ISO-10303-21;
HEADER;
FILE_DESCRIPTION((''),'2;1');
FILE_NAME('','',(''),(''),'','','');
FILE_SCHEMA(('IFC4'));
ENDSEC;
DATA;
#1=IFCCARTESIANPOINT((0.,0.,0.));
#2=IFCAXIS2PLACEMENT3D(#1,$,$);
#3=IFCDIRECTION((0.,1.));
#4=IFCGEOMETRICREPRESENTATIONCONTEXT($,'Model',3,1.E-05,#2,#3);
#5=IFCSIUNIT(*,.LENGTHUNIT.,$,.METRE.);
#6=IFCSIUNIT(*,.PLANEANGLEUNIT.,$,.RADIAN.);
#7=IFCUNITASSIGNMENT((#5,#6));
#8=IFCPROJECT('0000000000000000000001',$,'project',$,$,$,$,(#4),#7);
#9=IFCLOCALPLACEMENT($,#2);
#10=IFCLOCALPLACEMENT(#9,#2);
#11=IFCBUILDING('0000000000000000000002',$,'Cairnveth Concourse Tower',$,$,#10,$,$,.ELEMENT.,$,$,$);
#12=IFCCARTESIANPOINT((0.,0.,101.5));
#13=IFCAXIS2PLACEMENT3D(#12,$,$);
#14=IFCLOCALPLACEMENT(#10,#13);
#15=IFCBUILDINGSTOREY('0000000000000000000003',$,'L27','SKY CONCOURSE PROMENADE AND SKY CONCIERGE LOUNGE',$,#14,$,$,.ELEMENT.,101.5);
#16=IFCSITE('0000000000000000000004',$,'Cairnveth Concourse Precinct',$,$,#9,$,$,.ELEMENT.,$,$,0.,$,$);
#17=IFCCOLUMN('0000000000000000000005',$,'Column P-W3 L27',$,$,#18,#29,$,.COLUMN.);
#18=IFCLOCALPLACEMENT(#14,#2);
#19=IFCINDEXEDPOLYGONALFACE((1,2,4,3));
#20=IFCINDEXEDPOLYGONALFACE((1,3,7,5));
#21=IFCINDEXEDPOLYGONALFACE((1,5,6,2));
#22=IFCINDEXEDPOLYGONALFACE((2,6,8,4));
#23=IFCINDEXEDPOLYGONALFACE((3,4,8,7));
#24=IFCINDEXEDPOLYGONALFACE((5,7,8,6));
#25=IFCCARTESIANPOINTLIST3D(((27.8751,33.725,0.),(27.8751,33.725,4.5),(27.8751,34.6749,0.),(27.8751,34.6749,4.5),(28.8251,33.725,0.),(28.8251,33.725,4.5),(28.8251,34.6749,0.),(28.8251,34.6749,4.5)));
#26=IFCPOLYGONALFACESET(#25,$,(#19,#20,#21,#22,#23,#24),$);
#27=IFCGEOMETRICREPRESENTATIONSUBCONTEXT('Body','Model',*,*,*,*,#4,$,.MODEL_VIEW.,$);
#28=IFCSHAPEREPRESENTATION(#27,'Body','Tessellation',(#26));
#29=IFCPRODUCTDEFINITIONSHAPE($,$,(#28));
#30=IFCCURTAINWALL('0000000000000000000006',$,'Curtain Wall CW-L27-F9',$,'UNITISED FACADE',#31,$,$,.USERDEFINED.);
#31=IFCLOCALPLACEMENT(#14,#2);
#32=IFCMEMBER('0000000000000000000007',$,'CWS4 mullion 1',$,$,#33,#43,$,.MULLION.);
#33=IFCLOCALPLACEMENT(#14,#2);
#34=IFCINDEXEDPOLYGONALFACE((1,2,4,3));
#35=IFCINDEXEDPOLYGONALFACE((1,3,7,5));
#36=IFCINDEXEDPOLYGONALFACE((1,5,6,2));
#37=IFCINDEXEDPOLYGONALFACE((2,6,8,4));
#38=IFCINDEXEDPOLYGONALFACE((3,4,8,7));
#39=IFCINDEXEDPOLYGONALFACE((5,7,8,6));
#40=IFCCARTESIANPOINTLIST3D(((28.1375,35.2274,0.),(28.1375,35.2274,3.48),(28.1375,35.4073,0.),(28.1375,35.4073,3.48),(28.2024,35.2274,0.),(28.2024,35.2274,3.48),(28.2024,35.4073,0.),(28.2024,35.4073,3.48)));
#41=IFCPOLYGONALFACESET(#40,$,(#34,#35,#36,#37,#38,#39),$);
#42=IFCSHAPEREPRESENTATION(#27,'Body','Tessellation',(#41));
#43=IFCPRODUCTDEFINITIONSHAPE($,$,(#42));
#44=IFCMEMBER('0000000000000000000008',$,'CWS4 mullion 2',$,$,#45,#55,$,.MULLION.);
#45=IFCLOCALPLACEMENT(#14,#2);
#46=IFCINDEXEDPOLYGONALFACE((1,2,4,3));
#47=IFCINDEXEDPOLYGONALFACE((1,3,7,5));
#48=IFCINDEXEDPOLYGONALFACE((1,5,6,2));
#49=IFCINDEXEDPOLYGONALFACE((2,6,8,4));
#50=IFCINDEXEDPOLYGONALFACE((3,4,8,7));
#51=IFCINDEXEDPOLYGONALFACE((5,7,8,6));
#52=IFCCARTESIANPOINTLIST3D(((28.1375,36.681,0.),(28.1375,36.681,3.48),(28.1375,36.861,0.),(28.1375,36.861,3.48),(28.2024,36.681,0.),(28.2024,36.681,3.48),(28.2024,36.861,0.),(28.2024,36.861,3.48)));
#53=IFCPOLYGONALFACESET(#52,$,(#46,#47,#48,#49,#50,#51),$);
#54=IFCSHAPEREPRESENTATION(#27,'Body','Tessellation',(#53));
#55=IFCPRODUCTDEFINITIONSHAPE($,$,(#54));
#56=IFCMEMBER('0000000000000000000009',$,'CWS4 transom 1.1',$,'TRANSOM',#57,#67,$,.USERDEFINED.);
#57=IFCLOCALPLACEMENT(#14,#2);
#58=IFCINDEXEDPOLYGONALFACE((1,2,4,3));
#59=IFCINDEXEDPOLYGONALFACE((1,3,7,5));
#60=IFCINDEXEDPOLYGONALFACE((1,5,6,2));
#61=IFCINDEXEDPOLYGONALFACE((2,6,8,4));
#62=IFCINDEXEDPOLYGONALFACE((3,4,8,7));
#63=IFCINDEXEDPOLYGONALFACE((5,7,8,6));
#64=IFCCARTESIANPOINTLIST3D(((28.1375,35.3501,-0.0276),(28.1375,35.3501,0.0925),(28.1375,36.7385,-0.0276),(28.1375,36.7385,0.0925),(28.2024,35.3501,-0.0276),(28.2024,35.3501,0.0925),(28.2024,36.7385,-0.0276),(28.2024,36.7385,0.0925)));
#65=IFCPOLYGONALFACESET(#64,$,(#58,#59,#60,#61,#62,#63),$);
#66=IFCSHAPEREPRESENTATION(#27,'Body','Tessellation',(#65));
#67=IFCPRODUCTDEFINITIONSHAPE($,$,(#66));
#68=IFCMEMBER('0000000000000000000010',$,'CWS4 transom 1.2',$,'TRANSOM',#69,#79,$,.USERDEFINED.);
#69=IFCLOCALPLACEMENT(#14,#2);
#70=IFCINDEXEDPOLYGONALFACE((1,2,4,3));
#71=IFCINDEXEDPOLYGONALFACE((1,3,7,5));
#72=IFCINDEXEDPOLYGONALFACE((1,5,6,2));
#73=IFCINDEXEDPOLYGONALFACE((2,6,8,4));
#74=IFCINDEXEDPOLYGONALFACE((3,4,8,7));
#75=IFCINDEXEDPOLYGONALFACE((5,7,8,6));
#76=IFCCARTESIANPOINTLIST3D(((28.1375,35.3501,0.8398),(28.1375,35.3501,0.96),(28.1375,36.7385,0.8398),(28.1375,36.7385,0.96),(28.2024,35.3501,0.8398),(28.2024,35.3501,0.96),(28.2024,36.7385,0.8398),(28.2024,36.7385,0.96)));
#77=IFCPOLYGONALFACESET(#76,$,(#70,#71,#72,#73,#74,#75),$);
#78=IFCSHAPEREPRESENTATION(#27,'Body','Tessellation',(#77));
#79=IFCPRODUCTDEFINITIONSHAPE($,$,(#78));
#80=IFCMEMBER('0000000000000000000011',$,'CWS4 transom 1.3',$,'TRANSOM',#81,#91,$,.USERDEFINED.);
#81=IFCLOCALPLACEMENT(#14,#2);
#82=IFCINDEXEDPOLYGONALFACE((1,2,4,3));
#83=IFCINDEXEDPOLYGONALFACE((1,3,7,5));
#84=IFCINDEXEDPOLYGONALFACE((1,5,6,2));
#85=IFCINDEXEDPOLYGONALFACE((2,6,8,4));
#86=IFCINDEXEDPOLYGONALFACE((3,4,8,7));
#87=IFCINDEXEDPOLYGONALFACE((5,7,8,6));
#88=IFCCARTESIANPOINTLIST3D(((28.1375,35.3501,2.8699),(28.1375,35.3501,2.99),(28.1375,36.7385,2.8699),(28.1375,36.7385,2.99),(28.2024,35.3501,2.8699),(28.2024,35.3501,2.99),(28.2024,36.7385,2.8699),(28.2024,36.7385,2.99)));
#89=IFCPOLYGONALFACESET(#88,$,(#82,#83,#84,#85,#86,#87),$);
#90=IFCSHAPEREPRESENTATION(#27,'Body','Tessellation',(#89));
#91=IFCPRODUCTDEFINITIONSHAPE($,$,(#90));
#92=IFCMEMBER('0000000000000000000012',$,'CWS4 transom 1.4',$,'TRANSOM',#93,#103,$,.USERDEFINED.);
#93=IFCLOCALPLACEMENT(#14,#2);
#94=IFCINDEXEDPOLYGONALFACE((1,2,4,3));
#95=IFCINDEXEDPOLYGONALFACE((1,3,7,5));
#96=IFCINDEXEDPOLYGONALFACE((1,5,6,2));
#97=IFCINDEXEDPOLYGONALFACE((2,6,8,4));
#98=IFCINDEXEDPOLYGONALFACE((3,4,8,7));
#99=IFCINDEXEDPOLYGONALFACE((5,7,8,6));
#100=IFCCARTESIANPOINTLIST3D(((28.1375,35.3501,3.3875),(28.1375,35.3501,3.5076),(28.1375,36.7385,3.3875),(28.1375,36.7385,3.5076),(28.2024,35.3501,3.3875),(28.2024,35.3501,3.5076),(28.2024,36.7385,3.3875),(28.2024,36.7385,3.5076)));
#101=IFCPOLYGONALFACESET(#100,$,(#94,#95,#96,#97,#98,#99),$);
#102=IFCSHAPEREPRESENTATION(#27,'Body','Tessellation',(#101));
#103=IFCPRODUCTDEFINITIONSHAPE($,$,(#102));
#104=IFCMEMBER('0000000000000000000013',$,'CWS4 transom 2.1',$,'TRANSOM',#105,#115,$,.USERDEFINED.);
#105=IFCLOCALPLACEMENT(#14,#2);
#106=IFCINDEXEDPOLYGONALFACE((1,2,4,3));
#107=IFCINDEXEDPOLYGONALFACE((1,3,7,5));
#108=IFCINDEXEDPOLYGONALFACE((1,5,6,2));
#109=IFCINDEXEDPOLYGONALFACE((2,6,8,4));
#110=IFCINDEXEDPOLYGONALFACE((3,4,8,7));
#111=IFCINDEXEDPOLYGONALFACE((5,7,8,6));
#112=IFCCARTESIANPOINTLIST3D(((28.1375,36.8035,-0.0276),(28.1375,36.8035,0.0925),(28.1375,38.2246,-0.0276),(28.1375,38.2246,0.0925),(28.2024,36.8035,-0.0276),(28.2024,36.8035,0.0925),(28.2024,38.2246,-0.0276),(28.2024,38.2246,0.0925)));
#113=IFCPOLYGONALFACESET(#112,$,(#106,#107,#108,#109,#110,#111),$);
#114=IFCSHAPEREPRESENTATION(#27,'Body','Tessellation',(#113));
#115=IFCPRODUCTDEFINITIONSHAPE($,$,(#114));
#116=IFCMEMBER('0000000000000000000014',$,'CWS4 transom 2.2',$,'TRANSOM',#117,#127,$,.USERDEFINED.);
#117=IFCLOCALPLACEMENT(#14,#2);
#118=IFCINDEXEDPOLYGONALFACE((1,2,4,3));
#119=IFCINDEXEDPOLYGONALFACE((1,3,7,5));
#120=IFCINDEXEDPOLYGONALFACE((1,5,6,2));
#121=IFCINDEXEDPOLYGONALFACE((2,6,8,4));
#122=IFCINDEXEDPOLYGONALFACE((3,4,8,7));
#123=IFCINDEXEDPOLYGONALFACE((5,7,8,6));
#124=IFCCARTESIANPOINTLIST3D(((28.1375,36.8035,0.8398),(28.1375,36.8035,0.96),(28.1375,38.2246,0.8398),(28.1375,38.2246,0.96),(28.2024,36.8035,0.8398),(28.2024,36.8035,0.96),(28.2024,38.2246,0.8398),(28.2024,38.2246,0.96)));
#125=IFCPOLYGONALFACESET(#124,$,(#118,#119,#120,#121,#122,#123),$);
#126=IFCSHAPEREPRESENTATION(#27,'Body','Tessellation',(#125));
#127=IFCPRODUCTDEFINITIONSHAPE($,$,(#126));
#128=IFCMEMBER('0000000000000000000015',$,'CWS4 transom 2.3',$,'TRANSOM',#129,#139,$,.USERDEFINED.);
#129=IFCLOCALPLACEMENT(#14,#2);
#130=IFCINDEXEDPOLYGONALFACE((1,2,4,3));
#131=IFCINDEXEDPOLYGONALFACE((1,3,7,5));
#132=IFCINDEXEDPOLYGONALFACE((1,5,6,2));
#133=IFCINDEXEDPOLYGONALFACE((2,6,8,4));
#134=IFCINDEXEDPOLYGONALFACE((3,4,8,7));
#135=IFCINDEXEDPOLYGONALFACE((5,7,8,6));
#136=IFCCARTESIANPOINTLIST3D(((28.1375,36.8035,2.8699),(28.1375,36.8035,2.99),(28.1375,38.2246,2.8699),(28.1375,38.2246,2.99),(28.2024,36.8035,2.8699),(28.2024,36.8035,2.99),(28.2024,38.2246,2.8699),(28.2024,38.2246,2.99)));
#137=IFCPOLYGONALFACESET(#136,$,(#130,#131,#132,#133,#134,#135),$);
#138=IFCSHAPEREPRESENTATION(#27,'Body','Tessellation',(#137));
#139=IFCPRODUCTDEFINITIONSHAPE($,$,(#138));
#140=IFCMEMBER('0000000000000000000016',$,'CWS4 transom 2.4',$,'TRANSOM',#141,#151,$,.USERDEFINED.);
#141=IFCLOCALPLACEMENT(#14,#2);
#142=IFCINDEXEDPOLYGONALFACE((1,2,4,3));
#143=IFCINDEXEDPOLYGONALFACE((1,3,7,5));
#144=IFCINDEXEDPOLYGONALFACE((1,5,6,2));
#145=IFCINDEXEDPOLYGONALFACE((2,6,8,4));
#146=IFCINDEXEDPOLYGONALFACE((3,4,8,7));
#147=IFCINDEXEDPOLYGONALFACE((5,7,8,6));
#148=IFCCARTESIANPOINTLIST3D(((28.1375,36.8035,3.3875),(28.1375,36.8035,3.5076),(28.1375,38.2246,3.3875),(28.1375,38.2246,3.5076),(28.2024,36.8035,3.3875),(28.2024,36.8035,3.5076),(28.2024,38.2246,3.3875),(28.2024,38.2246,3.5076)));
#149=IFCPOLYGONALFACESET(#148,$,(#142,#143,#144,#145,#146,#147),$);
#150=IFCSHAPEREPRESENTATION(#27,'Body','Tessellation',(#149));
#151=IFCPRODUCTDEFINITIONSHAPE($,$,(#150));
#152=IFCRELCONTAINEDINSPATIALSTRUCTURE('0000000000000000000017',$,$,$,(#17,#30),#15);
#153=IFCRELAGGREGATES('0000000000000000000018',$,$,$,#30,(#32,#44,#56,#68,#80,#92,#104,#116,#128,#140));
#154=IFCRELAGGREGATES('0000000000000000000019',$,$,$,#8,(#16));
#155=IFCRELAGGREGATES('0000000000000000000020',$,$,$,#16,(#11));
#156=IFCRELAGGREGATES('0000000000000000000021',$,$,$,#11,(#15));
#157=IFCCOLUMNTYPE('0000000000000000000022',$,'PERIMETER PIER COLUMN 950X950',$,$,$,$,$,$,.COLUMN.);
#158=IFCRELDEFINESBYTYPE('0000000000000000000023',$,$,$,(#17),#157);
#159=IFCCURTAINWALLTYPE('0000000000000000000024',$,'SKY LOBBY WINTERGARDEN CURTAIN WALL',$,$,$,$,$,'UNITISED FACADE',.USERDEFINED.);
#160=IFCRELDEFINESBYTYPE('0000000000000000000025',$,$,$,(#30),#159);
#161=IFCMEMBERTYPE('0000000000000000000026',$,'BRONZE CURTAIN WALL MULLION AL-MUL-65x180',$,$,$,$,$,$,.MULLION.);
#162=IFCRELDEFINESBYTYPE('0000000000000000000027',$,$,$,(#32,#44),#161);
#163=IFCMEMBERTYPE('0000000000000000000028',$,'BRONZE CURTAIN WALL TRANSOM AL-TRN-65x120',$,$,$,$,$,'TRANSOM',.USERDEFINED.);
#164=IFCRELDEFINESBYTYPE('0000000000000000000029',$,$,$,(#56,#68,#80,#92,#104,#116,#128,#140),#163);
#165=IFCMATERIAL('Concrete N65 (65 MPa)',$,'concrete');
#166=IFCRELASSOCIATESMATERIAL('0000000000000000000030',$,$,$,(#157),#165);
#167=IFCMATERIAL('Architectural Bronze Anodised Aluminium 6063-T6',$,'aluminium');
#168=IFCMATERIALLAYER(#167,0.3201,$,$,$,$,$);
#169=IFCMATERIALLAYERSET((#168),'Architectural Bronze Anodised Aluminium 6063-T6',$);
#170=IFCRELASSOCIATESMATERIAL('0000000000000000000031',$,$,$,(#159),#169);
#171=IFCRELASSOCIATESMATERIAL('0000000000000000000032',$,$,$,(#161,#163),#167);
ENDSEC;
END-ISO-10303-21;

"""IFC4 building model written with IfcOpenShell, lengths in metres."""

from ifc_helpers import new_model, si_unit, direction, frame, origin, origin_2d, place, context, subcontext, project, spatial, rectangle, extrude, material, layer, layer_set, material_profile, profile_set, type_object, element, aggregate, save


model = new_model("IFC4")

# Units and contexts
model_context = context("Model", 3, precision=1e-05, world=origin(), true_north=direction((0.0, 1.0)))
body_context = subcontext(model_context, "Body", "Model", "MODEL_VIEW")
ifc_project = project(units=[si_unit("LENGTHUNIT", "METRE"), si_unit("PLANEANGLEUNIT", "RADIAN")], contexts=[model_context])

# Site, building, storey
site_placement = place(None, origin())
site = spatial("IfcSite", under=ifc_project, at=site_placement, Name="Cairnveth Concourse Precinct", CompositionType="ELEMENT", RefElevation=0.0)
building_placement = place(site_placement, origin())
building = spatial("IfcBuilding", under=site, at=building_placement, Name="Cairnveth Concourse Tower", CompositionType="ELEMENT")
storey_placement = place(building_placement, frame((0.0, 0.0, 101.5)))
storey = spatial("IfcBuildingStorey", under=building, at=storey_placement, Name="L27", Description="SKY CONCOURSE PROMENADE AND SKY CONCIERGE LOUNGE", CompositionType="ELEMENT", Elevation=101.5)

# Column
ifc_material_1 = material(Name="Concrete N65 (65 MPa)", Category="concrete")
ifc_material_profile_1 = material_profile(ifc_material_1, rectangle(XDim=0.95, YDim=0.95, at=origin_2d()), Name="RC-COL-950x950")
ifc_profile_set_1 = profile_set([ifc_material_profile_1], Name="Concrete N65 (65 MPa)")
column_type = type_object("IfcColumnType", Name="PERIMETER PIER COLUMN 950X950", PredefinedType="COLUMN", material=ifc_profile_set_1)
column_placement = place(storey_placement, frame((28.3501, 34.2, 0.0), z_axis=(0.0, 0.0, 1.0), x_axis=(0.0, 1.0, 0.0)))
element("IfcColumn", 1, at=column_placement, inside=storey, type_object=column_type, Name="Column P-W3 L27", PredefinedType="COLUMN", context=body_context, shape_type="SweptSolid", body=[
    extrude(rectangle(XDim=0.95, YDim=0.95, at=origin_2d()), origin(), (0.0, 0.0, 1.0), 4.5),
])

# Curtain wall, members
ifc_material_2 = material(Name="Architectural Bronze Anodised Aluminium 6063-T6", Category="aluminium")
ifc_layer_1 = layer(ifc_material_2, 0.3201)
ifc_layer_set_1 = layer_set([ifc_layer_1], Name="Architectural Bronze Anodised Aluminium 6063-T6")
curtain_wall_type = type_object("IfcCurtainWallType", Name="SKY LOBBY WINTERGARDEN CURTAIN WALL", ElementType="UNITISED FACADE", PredefinedType="USERDEFINED", material=ifc_layer_set_1)
curtain_wall_placement = place(storey_placement, origin())
curtain_wall = element("IfcCurtainWall", 2, at=curtain_wall_placement, inside=storey, type_object=curtain_wall_type, Name="Curtain Wall CW-L27-F9", ObjectType="UNITISED FACADE", PredefinedType="USERDEFINED")
ifc_material_profile_2 = material_profile(ifc_material_2, rectangle(XDim=0.0649, YDim=0.1799, at=origin_2d()), Name="AL-MUL-65x180")
ifc_profile_set_2 = profile_set([ifc_material_profile_2], Name="Architectural Bronze Anodised Aluminium 6063-T6")
member_type_1 = type_object("IfcMemberType", Name="BRONZE CURTAIN WALL MULLION AL-MUL-65x180", PredefinedType="MULLION", material=ifc_profile_set_2)
member_1_placement = place(storey_placement, frame((28.1699, 35.3174, 0.0), z_axis=(0.0, 0.0, 1.0), x_axis=(-1.0, 0.0, 0.0)))
member_1 = element("IfcMember", 3, at=member_1_placement, type_object=member_type_1, Name="CWS4 mullion 1", PredefinedType="MULLION", context=body_context, shape_type="SweptSolid", body=[
    extrude(rectangle(XDim=0.0649, YDim=0.1799, at=origin_2d()), origin(), (0.0, 0.0, 1.0), 3.48),
])
member_2_placement = place(storey_placement, frame((28.1699, 36.771, 0.0), z_axis=(0.0, 0.0, 1.0), x_axis=(-1.0, 0.0, 0.0)))
member_2 = element("IfcMember", 4, at=member_2_placement, type_object=member_type_1, Name="CWS4 mullion 2", PredefinedType="MULLION", context=body_context, shape_type="SweptSolid", body=[
    extrude(rectangle(XDim=0.0649, YDim=0.1799, at=origin_2d()), origin(), (0.0, 0.0, 1.0), 3.48),
])
ifc_material_profile_3 = material_profile(ifc_material_2, rectangle(XDim=0.0649, YDim=0.1201, at=origin_2d()), Name="AL-TRN-65x120")
ifc_profile_set_3 = profile_set([ifc_material_profile_3], Name="Architectural Bronze Anodised Aluminium 6063-T6")
member_type_2 = type_object("IfcMemberType", Name="BRONZE CURTAIN WALL TRANSOM AL-TRN-65x120", ElementType="TRANSOM", PredefinedType="USERDEFINED", material=ifc_profile_set_3)
member_3_placement = place(storey_placement, frame((28.1699, 35.3501, 0.0325), z_axis=(0.0, 1.0, 0.0), x_axis=(-1.0, 0.0, 0.0)))
member_3 = element("IfcMember", 5, at=member_3_placement, type_object=member_type_2, Name="CWS4 transom 1.1", ObjectType="TRANSOM", PredefinedType="USERDEFINED", context=body_context, shape_type="SweptSolid", body=[
    extrude(rectangle(XDim=0.0649, YDim=0.1201, at=origin_2d()), origin(), (0.0, 0.0, 1.0), 1.3884),
])
member_4_placement = place(storey_placement, frame((28.1699, 35.3501, 0.8999), z_axis=(0.0, 1.0, 0.0), x_axis=(-1.0, 0.0, 0.0)))
member_4 = element("IfcMember", 6, at=member_4_placement, type_object=member_type_2, Name="CWS4 transom 1.2", ObjectType="TRANSOM", PredefinedType="USERDEFINED", context=body_context, shape_type="SweptSolid", body=[
    extrude(rectangle(XDim=0.0649, YDim=0.1201, at=origin_2d()), origin(), (0.0, 0.0, 1.0), 1.3884),
])
member_5_placement = place(storey_placement, frame((28.1699, 35.3501, 2.9299), z_axis=(0.0, 1.0, 0.0), x_axis=(-1.0, 0.0, 0.0)))
member_5 = element("IfcMember", 7, at=member_5_placement, type_object=member_type_2, Name="CWS4 transom 1.3", ObjectType="TRANSOM", PredefinedType="USERDEFINED", context=body_context, shape_type="SweptSolid", body=[
    extrude(rectangle(XDim=0.0649, YDim=0.1201, at=origin_2d()), origin(), (0.0, 0.0, 1.0), 1.3884),
])
member_6_placement = place(storey_placement, frame((28.1699, 35.3501, 3.4475), z_axis=(0.0, 1.0, 0.0), x_axis=(-1.0, 0.0, 0.0)))
member_6 = element("IfcMember", 8, at=member_6_placement, type_object=member_type_2, Name="CWS4 transom 1.4", ObjectType="TRANSOM", PredefinedType="USERDEFINED", context=body_context, shape_type="SweptSolid", body=[
    extrude(rectangle(XDim=0.0649, YDim=0.1201, at=origin_2d()), origin(), (0.0, 0.0, 1.0), 1.3884),
])
member_7_placement = place(storey_placement, frame((28.1699, 36.8035, 0.0325), z_axis=(0.0, 1.0, 0.0), x_axis=(-1.0, 0.0, 0.0)))
member_7 = element("IfcMember", 9, at=member_7_placement, type_object=member_type_2, Name="CWS4 transom 2.1", ObjectType="TRANSOM", PredefinedType="USERDEFINED", context=body_context, shape_type="SweptSolid", body=[
    extrude(rectangle(XDim=0.0649, YDim=0.1201, at=origin_2d()), origin(), (0.0, 0.0, 1.0), 1.4211),
])
member_8_placement = place(storey_placement, frame((28.1699, 36.8035, 0.8999), z_axis=(0.0, 1.0, 0.0), x_axis=(-1.0, 0.0, 0.0)))
member_8 = element("IfcMember", 10, at=member_8_placement, type_object=member_type_2, Name="CWS4 transom 2.2", ObjectType="TRANSOM", PredefinedType="USERDEFINED", context=body_context, shape_type="SweptSolid", body=[
    extrude(rectangle(XDim=0.0649, YDim=0.1201, at=origin_2d()), origin(), (0.0, 0.0, 1.0), 1.4211),
])
member_9_placement = place(storey_placement, frame((28.1699, 36.8035, 2.9299), z_axis=(0.0, 1.0, 0.0), x_axis=(-1.0, 0.0, 0.0)))
member_9 = element("IfcMember", 11, at=member_9_placement, type_object=member_type_2, Name="CWS4 transom 2.3", ObjectType="TRANSOM", PredefinedType="USERDEFINED", context=body_context, shape_type="SweptSolid", body=[
    extrude(rectangle(XDim=0.0649, YDim=0.1201, at=origin_2d()), origin(), (0.0, 0.0, 1.0), 1.4211),
])
member_10_placement = place(storey_placement, frame((28.1699, 36.8035, 3.4475), z_axis=(0.0, 1.0, 0.0), x_axis=(-1.0, 0.0, 0.0)))
member_10 = element("IfcMember", 12, at=member_10_placement, type_object=member_type_2, Name="CWS4 transom 2.4", ObjectType="TRANSOM", PredefinedType="USERDEFINED", context=body_context, shape_type="SweptSolid", body=[
    extrude(rectangle(XDim=0.0649, YDim=0.1201, at=origin_2d()), origin(), (0.0, 0.0, 1.0), 1.4211),
])

aggregate(curtain_wall, [member_1, member_2, member_3, member_4, member_5, member_6, member_7, member_8, member_9, member_10])

save(model, "model.ifc")
